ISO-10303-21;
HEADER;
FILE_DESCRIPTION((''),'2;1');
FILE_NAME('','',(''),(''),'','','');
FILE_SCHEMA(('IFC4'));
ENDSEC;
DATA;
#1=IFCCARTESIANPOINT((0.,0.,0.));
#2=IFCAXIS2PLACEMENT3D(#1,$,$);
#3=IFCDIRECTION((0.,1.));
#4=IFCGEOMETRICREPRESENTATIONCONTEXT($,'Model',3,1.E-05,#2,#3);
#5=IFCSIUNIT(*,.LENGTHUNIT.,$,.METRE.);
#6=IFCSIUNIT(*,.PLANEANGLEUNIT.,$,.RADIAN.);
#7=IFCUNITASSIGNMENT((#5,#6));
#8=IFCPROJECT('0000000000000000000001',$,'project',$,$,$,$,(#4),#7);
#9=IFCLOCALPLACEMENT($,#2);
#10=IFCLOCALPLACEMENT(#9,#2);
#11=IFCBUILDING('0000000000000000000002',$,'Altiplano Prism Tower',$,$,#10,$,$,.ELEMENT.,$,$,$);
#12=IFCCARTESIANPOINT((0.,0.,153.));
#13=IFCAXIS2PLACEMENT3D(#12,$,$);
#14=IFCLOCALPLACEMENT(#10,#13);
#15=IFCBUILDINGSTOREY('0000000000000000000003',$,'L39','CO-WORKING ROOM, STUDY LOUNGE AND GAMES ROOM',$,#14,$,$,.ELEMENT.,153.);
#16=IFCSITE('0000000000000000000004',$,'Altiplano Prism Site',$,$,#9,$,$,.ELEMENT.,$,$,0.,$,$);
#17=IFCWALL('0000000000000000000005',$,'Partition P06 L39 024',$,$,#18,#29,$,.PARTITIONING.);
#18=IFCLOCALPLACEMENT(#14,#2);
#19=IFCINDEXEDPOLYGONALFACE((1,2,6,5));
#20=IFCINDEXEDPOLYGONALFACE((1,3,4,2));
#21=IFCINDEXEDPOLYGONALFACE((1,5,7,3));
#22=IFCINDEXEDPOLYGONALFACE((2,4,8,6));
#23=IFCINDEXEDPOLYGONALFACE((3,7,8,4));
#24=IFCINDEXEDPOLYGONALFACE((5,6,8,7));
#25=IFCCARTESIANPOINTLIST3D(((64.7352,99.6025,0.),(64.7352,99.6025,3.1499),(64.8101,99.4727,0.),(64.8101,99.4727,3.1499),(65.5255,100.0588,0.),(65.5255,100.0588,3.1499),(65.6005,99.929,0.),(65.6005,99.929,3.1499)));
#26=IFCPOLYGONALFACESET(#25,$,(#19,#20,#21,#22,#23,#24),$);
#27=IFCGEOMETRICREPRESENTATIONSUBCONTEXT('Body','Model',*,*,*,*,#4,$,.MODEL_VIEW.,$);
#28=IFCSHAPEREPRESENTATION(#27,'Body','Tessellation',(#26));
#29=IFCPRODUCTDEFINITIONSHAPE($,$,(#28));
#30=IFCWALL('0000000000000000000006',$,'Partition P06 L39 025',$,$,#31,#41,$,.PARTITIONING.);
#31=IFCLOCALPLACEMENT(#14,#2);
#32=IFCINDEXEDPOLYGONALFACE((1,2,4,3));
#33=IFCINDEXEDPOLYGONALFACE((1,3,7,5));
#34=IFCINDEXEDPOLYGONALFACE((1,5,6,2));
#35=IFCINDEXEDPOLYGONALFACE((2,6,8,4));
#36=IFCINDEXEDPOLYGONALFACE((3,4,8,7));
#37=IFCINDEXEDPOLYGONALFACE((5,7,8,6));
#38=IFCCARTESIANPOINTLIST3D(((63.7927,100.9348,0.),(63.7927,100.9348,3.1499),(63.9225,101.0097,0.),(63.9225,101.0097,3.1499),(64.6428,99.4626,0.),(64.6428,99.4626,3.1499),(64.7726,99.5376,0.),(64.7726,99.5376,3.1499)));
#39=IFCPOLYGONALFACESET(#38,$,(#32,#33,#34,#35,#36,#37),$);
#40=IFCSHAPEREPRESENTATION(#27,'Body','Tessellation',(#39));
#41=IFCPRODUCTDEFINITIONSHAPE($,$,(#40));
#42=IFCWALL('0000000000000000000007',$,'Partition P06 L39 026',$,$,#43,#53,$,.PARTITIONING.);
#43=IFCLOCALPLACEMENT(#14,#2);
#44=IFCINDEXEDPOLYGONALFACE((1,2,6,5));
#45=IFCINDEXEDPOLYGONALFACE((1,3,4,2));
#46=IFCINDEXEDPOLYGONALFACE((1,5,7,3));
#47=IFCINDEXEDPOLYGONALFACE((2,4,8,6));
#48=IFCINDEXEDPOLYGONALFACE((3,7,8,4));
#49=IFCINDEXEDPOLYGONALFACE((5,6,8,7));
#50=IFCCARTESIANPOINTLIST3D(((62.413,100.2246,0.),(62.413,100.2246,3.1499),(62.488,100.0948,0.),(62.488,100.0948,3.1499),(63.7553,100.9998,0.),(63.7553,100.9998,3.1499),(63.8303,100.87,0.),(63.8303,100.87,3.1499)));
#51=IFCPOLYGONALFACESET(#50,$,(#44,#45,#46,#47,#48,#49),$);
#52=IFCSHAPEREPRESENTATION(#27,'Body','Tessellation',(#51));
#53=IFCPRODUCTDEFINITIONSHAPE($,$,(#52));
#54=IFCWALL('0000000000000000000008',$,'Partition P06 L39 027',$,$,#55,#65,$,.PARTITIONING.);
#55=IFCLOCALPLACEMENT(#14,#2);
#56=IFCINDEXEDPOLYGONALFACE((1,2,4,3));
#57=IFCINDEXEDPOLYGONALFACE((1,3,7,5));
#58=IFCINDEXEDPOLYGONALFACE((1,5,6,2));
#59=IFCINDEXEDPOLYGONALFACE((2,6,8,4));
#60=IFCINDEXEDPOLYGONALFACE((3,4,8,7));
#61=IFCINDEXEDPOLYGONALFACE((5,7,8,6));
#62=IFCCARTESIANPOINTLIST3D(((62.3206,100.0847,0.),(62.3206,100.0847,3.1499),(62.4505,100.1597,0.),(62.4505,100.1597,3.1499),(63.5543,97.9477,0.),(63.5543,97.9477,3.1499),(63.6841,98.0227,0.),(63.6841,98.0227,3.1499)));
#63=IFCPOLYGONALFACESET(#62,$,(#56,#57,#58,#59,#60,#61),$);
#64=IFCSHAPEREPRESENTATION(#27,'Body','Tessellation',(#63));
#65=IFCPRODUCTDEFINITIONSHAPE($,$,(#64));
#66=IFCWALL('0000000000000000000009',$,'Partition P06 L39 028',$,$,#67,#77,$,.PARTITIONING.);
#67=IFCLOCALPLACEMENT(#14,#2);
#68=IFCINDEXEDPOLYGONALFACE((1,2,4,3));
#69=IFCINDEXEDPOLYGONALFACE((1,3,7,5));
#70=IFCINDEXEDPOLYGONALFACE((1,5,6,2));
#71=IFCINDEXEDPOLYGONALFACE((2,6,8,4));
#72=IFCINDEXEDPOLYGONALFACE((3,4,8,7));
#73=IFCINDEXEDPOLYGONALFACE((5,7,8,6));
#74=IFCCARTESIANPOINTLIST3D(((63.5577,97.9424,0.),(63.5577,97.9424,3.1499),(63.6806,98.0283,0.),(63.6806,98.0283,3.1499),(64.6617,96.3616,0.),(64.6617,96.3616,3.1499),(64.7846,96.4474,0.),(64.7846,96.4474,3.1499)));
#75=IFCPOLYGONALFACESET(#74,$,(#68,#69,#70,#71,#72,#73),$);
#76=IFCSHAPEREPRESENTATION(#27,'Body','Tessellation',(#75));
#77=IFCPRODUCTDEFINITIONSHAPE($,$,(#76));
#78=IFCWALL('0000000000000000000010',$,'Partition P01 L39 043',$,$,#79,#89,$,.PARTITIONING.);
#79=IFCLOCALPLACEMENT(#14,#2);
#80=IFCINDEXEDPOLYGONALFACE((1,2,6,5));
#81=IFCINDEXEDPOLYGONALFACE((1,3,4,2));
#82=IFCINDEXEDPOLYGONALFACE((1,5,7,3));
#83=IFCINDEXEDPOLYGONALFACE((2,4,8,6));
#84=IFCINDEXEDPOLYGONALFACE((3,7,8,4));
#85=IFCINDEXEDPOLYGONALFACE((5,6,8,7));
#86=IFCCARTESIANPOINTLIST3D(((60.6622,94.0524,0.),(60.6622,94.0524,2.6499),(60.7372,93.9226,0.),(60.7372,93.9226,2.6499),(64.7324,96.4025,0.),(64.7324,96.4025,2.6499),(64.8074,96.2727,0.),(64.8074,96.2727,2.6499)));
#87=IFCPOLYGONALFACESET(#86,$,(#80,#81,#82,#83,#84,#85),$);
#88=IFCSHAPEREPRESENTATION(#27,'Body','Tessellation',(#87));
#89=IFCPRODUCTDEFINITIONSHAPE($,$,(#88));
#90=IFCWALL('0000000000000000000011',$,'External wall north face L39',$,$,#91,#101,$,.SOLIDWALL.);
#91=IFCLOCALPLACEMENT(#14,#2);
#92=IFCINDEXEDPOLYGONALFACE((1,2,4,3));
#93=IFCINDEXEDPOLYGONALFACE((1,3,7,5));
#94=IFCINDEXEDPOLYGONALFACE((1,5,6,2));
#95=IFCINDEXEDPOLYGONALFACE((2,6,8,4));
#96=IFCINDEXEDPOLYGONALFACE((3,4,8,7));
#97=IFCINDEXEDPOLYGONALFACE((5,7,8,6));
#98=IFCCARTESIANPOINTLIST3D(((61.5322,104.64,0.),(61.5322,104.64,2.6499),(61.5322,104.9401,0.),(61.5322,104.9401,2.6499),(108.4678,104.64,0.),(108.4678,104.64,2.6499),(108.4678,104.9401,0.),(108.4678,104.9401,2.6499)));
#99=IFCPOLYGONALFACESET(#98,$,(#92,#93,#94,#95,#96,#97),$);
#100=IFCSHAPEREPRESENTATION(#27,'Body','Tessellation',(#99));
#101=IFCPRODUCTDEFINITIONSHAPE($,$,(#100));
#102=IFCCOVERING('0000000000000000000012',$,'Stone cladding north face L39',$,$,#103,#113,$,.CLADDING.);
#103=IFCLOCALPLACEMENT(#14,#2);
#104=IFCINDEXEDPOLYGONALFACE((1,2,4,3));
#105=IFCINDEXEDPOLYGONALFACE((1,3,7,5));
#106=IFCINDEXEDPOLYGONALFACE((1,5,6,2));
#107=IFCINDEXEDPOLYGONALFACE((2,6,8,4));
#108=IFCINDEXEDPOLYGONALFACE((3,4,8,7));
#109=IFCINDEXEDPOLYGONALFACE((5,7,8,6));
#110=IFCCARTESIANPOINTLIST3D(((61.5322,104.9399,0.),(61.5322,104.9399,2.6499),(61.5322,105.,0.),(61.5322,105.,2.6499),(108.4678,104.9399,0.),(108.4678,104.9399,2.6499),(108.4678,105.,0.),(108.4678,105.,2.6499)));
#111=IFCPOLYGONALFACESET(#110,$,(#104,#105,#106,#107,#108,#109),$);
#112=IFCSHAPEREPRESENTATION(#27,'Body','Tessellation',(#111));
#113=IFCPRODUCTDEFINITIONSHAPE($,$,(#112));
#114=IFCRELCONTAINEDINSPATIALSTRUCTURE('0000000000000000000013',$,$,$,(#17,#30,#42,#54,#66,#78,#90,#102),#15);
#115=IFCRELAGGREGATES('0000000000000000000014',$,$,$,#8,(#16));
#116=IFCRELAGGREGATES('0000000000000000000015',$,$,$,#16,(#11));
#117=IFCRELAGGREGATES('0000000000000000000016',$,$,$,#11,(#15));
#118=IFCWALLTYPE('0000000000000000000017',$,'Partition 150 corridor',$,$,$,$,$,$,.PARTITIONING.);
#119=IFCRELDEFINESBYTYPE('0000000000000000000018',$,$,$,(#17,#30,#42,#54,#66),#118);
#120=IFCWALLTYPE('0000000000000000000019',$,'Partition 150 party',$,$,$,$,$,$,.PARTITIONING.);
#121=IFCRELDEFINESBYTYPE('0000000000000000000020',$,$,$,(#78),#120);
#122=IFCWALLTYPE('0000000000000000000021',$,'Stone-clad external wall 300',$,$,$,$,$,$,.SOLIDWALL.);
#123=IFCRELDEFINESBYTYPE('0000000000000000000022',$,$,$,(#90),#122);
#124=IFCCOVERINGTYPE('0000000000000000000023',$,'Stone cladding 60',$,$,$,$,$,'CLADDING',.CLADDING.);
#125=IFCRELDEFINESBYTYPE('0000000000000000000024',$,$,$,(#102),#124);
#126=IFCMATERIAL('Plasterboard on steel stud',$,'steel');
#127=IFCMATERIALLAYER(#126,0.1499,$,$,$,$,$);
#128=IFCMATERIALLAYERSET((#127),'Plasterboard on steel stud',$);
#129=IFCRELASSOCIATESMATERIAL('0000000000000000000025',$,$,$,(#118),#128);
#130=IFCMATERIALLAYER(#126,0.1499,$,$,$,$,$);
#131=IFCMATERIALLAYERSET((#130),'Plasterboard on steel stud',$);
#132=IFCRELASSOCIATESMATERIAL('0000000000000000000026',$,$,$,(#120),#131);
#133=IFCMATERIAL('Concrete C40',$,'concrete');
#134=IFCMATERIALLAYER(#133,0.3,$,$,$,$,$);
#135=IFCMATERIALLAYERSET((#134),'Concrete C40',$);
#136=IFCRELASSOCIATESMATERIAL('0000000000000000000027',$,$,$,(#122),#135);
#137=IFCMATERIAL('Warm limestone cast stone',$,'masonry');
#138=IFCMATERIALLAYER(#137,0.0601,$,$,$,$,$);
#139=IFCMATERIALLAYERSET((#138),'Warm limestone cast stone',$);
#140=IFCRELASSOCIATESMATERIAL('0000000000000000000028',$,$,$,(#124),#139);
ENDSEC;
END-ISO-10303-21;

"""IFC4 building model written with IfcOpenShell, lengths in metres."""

from ifc_helpers import new_model, si_unit, direction, frame, frame_2d, origin, place, context, subcontext, project, spatial, rectangle, extrude, material, layer, layer_set, type_object, element, save


model = new_model("IFC4")

# Units and contexts
model_context = context("Model", 3, precision=1e-05, world=origin(), true_north=direction((0.0, 1.0)))
body_context = subcontext(model_context, "Body", "Model", "MODEL_VIEW")
ifc_project = project(units=[si_unit("LENGTHUNIT", "METRE"), si_unit("PLANEANGLEUNIT", "RADIAN")], contexts=[model_context])

# Site, building, storey
site_placement = place(None, origin())
site = spatial("IfcSite", under=ifc_project, at=site_placement, Name="Altiplano Prism Site", CompositionType="ELEMENT", RefElevation=0.0)
building_placement = place(site_placement, origin())
building = spatial("IfcBuilding", under=site, at=building_placement, Name="Altiplano Prism Tower", CompositionType="ELEMENT")
storey_placement = place(building_placement, frame((0.0, 0.0, 153.0)))
storey = spatial("IfcBuildingStorey", under=building, at=storey_placement, Name="L39", Description="CO-WORKING ROOM, STUDY LOUNGE AND GAMES ROOM", CompositionType="ELEMENT", Elevation=153.0)

# Shared definitions
ifc_material_1 = material(Name="Plasterboard on steel stud", Category="steel")
ifc_layer_1 = layer(ifc_material_1, 0.1499)
ifc_layer_set_1 = layer_set([ifc_layer_1], Name="Plasterboard on steel stud")
wall_type_1 = type_object("IfcWallType", Name="Partition 150 corridor", PredefinedType="PARTITIONING", material=ifc_layer_set_1)

# Walls
wall_1_placement = place(storey_placement, frame((65.563, 99.9939, 0.0), z_axis=(0.0, 0.0, 1.0), x_axis=(-0.866012, -0.500024, 0.0)))
element("IfcWall", 1, at=wall_1_placement, inside=storey, type_object=wall_type_1, Name="Partition P06 L39 024", PredefinedType="PARTITIONING", context=body_context, shape_type="SweptSolid", body=[
    extrude(rectangle(XDim=0.9126, YDim=0.1499, at=frame_2d((0.4563, 0.0))), origin(), (0.0, 0.0, 1.0), 3.1499),
])
wall_2_placement = place(storey_placement, frame((64.7078, 99.5, 0.0), z_axis=(0.0, 0.0, 1.0), x_axis=(-0.500062, 0.865989, 0.0)))
element("IfcWall", 2, at=wall_2_placement, inside=storey, type_object=wall_type_1, Name="Partition P06 L39 025", PredefinedType="PARTITIONING", context=body_context, shape_type="SweptSolid", body=[
    extrude(rectangle(XDim=1.7, YDim=0.1499, at=frame_2d((0.8501, 0.0))), origin(), (0.0, 0.0, 1.0), 3.1499),
])
wall_3_placement = place(storey_placement, frame((63.7927, 100.9348, 0.0), z_axis=(0.0, 0.0, 1.0), x_axis=(-0.865976, -0.500086, 0.0)))
element("IfcWall", 3, at=wall_3_placement, inside=storey, type_object=wall_type_1, Name="Partition P06 L39 026", PredefinedType="PARTITIONING", context=body_context, shape_type="SweptSolid", body=[
    extrude(rectangle(XDim=1.55, YDim=0.1499, at=frame_2d((0.7749, 0.0))), origin(), (0.0, 0.0, 1.0), 3.1499),
])
wall_4_placement = place(storey_placement, frame((62.3855, 100.1223, 0.0), z_axis=(0.0, 0.0, 1.0), x_axis=(0.499959, -0.866049, 0.0)))
element("IfcWall", 4, at=wall_4_placement, inside=storey, type_object=wall_type_1, Name="Partition P06 L39 027", PredefinedType="PARTITIONING", context=body_context, shape_type="SweptSolid", body=[
    extrude(rectangle(XDim=2.4675, YDim=0.1499, at=frame_2d((1.2339, 0.0))), origin(), (0.0, 0.0, 1.0), 3.1499),
])
wall_5_placement = place(storey_placement, frame((63.6191, 97.9854, 0.0), z_axis=(0.0, 0.0, 1.0), x_axis=(0.57257, -0.819856, 0.0)))
element("IfcWall", 5, at=wall_5_placement, inside=storey, type_object=wall_type_1, Name="Partition P06 L39 028", PredefinedType="PARTITIONING", context=body_context, shape_type="SweptSolid", body=[
    extrude(rectangle(XDim=1.9282, YDim=0.1499, at=frame_2d((0.9641, 0.0))), origin(), (0.0, 0.0, 1.0), 3.1499),
])
ifc_layer_2 = layer(ifc_material_1, 0.1499)
ifc_layer_set_2 = layer_set([ifc_layer_2], Name="Plasterboard on steel stud")
wall_type_2 = type_object("IfcWallType", Name="Partition 150 party", PredefinedType="PARTITIONING", material=ifc_layer_set_2)
wall_6_placement = place(storey_placement, frame((64.77, 96.3376, 0.0), z_axis=(0.0, 0.0, 1.0), x_axis=(-0.866016, -0.500016, 0.0)))
element("IfcWall", 6, at=wall_6_placement, inside=storey, type_object=wall_type_2, Name="Partition P01 L39 043", PredefinedType="PARTITIONING", context=body_context, shape_type="SweptSolid", body=[
    extrude(rectangle(XDim=4.7, YDim=0.1499, at=frame_2d((2.3501, 0.0))), origin(), (0.0, 0.0, 1.0), 2.6499),
])
ifc_material_2 = material(Name="Concrete C40", Category="concrete")
ifc_layer_3 = layer(ifc_material_2, 0.3)
ifc_layer_set_3 = layer_set([ifc_layer_3], Name="Concrete C40")
wall_type_3 = type_object("IfcWallType", Name="Stone-clad external wall 300", PredefinedType="SOLIDWALL", material=ifc_layer_set_3)
wall_7_placement = place(storey_placement, frame((61.5322, 104.79, 0.0), z_axis=(0.0, 0.0, 1.0), x_axis=(1.0, 0.0, 0.0)))
element("IfcWall", 7, at=wall_7_placement, inside=storey, type_object=wall_type_3, Name="External wall north face L39", PredefinedType="SOLIDWALL", context=body_context, shape_type="SweptSolid", body=[
    extrude(rectangle(XDim=46.9355, YDim=0.3, at=frame_2d((23.4678, 0.0))), origin(), (0.0, 0.0, 1.0), 2.6499),
])

# Covering
ifc_material_3 = material(Name="Warm limestone cast stone", Category="masonry")
ifc_layer_4 = layer(ifc_material_3, 0.0601)
ifc_layer_set_4 = layer_set([ifc_layer_4], Name="Warm limestone cast stone")
covering_type = type_object("IfcCoveringType", Name="Stone cladding 60", ElementType="CLADDING", PredefinedType="CLADDING", material=ifc_layer_set_4)
covering_placement = place(storey_placement, frame((61.5322, 104.97, 0.0), z_axis=(0.0, 0.0, 1.0), x_axis=(1.0, 0.0, 0.0)))
element("IfcCovering", 8, at=covering_placement, inside=storey, type_object=covering_type, Name="Stone cladding north face L39", PredefinedType="CLADDING", context=body_context, shape_type="SweptSolid", body=[
    extrude(rectangle(XDim=46.9355, YDim=0.0601, at=frame_2d((23.4678, 0.0))), origin(), (0.0, 0.0, 1.0), 2.6499),
])

save(model, "model.ifc")
